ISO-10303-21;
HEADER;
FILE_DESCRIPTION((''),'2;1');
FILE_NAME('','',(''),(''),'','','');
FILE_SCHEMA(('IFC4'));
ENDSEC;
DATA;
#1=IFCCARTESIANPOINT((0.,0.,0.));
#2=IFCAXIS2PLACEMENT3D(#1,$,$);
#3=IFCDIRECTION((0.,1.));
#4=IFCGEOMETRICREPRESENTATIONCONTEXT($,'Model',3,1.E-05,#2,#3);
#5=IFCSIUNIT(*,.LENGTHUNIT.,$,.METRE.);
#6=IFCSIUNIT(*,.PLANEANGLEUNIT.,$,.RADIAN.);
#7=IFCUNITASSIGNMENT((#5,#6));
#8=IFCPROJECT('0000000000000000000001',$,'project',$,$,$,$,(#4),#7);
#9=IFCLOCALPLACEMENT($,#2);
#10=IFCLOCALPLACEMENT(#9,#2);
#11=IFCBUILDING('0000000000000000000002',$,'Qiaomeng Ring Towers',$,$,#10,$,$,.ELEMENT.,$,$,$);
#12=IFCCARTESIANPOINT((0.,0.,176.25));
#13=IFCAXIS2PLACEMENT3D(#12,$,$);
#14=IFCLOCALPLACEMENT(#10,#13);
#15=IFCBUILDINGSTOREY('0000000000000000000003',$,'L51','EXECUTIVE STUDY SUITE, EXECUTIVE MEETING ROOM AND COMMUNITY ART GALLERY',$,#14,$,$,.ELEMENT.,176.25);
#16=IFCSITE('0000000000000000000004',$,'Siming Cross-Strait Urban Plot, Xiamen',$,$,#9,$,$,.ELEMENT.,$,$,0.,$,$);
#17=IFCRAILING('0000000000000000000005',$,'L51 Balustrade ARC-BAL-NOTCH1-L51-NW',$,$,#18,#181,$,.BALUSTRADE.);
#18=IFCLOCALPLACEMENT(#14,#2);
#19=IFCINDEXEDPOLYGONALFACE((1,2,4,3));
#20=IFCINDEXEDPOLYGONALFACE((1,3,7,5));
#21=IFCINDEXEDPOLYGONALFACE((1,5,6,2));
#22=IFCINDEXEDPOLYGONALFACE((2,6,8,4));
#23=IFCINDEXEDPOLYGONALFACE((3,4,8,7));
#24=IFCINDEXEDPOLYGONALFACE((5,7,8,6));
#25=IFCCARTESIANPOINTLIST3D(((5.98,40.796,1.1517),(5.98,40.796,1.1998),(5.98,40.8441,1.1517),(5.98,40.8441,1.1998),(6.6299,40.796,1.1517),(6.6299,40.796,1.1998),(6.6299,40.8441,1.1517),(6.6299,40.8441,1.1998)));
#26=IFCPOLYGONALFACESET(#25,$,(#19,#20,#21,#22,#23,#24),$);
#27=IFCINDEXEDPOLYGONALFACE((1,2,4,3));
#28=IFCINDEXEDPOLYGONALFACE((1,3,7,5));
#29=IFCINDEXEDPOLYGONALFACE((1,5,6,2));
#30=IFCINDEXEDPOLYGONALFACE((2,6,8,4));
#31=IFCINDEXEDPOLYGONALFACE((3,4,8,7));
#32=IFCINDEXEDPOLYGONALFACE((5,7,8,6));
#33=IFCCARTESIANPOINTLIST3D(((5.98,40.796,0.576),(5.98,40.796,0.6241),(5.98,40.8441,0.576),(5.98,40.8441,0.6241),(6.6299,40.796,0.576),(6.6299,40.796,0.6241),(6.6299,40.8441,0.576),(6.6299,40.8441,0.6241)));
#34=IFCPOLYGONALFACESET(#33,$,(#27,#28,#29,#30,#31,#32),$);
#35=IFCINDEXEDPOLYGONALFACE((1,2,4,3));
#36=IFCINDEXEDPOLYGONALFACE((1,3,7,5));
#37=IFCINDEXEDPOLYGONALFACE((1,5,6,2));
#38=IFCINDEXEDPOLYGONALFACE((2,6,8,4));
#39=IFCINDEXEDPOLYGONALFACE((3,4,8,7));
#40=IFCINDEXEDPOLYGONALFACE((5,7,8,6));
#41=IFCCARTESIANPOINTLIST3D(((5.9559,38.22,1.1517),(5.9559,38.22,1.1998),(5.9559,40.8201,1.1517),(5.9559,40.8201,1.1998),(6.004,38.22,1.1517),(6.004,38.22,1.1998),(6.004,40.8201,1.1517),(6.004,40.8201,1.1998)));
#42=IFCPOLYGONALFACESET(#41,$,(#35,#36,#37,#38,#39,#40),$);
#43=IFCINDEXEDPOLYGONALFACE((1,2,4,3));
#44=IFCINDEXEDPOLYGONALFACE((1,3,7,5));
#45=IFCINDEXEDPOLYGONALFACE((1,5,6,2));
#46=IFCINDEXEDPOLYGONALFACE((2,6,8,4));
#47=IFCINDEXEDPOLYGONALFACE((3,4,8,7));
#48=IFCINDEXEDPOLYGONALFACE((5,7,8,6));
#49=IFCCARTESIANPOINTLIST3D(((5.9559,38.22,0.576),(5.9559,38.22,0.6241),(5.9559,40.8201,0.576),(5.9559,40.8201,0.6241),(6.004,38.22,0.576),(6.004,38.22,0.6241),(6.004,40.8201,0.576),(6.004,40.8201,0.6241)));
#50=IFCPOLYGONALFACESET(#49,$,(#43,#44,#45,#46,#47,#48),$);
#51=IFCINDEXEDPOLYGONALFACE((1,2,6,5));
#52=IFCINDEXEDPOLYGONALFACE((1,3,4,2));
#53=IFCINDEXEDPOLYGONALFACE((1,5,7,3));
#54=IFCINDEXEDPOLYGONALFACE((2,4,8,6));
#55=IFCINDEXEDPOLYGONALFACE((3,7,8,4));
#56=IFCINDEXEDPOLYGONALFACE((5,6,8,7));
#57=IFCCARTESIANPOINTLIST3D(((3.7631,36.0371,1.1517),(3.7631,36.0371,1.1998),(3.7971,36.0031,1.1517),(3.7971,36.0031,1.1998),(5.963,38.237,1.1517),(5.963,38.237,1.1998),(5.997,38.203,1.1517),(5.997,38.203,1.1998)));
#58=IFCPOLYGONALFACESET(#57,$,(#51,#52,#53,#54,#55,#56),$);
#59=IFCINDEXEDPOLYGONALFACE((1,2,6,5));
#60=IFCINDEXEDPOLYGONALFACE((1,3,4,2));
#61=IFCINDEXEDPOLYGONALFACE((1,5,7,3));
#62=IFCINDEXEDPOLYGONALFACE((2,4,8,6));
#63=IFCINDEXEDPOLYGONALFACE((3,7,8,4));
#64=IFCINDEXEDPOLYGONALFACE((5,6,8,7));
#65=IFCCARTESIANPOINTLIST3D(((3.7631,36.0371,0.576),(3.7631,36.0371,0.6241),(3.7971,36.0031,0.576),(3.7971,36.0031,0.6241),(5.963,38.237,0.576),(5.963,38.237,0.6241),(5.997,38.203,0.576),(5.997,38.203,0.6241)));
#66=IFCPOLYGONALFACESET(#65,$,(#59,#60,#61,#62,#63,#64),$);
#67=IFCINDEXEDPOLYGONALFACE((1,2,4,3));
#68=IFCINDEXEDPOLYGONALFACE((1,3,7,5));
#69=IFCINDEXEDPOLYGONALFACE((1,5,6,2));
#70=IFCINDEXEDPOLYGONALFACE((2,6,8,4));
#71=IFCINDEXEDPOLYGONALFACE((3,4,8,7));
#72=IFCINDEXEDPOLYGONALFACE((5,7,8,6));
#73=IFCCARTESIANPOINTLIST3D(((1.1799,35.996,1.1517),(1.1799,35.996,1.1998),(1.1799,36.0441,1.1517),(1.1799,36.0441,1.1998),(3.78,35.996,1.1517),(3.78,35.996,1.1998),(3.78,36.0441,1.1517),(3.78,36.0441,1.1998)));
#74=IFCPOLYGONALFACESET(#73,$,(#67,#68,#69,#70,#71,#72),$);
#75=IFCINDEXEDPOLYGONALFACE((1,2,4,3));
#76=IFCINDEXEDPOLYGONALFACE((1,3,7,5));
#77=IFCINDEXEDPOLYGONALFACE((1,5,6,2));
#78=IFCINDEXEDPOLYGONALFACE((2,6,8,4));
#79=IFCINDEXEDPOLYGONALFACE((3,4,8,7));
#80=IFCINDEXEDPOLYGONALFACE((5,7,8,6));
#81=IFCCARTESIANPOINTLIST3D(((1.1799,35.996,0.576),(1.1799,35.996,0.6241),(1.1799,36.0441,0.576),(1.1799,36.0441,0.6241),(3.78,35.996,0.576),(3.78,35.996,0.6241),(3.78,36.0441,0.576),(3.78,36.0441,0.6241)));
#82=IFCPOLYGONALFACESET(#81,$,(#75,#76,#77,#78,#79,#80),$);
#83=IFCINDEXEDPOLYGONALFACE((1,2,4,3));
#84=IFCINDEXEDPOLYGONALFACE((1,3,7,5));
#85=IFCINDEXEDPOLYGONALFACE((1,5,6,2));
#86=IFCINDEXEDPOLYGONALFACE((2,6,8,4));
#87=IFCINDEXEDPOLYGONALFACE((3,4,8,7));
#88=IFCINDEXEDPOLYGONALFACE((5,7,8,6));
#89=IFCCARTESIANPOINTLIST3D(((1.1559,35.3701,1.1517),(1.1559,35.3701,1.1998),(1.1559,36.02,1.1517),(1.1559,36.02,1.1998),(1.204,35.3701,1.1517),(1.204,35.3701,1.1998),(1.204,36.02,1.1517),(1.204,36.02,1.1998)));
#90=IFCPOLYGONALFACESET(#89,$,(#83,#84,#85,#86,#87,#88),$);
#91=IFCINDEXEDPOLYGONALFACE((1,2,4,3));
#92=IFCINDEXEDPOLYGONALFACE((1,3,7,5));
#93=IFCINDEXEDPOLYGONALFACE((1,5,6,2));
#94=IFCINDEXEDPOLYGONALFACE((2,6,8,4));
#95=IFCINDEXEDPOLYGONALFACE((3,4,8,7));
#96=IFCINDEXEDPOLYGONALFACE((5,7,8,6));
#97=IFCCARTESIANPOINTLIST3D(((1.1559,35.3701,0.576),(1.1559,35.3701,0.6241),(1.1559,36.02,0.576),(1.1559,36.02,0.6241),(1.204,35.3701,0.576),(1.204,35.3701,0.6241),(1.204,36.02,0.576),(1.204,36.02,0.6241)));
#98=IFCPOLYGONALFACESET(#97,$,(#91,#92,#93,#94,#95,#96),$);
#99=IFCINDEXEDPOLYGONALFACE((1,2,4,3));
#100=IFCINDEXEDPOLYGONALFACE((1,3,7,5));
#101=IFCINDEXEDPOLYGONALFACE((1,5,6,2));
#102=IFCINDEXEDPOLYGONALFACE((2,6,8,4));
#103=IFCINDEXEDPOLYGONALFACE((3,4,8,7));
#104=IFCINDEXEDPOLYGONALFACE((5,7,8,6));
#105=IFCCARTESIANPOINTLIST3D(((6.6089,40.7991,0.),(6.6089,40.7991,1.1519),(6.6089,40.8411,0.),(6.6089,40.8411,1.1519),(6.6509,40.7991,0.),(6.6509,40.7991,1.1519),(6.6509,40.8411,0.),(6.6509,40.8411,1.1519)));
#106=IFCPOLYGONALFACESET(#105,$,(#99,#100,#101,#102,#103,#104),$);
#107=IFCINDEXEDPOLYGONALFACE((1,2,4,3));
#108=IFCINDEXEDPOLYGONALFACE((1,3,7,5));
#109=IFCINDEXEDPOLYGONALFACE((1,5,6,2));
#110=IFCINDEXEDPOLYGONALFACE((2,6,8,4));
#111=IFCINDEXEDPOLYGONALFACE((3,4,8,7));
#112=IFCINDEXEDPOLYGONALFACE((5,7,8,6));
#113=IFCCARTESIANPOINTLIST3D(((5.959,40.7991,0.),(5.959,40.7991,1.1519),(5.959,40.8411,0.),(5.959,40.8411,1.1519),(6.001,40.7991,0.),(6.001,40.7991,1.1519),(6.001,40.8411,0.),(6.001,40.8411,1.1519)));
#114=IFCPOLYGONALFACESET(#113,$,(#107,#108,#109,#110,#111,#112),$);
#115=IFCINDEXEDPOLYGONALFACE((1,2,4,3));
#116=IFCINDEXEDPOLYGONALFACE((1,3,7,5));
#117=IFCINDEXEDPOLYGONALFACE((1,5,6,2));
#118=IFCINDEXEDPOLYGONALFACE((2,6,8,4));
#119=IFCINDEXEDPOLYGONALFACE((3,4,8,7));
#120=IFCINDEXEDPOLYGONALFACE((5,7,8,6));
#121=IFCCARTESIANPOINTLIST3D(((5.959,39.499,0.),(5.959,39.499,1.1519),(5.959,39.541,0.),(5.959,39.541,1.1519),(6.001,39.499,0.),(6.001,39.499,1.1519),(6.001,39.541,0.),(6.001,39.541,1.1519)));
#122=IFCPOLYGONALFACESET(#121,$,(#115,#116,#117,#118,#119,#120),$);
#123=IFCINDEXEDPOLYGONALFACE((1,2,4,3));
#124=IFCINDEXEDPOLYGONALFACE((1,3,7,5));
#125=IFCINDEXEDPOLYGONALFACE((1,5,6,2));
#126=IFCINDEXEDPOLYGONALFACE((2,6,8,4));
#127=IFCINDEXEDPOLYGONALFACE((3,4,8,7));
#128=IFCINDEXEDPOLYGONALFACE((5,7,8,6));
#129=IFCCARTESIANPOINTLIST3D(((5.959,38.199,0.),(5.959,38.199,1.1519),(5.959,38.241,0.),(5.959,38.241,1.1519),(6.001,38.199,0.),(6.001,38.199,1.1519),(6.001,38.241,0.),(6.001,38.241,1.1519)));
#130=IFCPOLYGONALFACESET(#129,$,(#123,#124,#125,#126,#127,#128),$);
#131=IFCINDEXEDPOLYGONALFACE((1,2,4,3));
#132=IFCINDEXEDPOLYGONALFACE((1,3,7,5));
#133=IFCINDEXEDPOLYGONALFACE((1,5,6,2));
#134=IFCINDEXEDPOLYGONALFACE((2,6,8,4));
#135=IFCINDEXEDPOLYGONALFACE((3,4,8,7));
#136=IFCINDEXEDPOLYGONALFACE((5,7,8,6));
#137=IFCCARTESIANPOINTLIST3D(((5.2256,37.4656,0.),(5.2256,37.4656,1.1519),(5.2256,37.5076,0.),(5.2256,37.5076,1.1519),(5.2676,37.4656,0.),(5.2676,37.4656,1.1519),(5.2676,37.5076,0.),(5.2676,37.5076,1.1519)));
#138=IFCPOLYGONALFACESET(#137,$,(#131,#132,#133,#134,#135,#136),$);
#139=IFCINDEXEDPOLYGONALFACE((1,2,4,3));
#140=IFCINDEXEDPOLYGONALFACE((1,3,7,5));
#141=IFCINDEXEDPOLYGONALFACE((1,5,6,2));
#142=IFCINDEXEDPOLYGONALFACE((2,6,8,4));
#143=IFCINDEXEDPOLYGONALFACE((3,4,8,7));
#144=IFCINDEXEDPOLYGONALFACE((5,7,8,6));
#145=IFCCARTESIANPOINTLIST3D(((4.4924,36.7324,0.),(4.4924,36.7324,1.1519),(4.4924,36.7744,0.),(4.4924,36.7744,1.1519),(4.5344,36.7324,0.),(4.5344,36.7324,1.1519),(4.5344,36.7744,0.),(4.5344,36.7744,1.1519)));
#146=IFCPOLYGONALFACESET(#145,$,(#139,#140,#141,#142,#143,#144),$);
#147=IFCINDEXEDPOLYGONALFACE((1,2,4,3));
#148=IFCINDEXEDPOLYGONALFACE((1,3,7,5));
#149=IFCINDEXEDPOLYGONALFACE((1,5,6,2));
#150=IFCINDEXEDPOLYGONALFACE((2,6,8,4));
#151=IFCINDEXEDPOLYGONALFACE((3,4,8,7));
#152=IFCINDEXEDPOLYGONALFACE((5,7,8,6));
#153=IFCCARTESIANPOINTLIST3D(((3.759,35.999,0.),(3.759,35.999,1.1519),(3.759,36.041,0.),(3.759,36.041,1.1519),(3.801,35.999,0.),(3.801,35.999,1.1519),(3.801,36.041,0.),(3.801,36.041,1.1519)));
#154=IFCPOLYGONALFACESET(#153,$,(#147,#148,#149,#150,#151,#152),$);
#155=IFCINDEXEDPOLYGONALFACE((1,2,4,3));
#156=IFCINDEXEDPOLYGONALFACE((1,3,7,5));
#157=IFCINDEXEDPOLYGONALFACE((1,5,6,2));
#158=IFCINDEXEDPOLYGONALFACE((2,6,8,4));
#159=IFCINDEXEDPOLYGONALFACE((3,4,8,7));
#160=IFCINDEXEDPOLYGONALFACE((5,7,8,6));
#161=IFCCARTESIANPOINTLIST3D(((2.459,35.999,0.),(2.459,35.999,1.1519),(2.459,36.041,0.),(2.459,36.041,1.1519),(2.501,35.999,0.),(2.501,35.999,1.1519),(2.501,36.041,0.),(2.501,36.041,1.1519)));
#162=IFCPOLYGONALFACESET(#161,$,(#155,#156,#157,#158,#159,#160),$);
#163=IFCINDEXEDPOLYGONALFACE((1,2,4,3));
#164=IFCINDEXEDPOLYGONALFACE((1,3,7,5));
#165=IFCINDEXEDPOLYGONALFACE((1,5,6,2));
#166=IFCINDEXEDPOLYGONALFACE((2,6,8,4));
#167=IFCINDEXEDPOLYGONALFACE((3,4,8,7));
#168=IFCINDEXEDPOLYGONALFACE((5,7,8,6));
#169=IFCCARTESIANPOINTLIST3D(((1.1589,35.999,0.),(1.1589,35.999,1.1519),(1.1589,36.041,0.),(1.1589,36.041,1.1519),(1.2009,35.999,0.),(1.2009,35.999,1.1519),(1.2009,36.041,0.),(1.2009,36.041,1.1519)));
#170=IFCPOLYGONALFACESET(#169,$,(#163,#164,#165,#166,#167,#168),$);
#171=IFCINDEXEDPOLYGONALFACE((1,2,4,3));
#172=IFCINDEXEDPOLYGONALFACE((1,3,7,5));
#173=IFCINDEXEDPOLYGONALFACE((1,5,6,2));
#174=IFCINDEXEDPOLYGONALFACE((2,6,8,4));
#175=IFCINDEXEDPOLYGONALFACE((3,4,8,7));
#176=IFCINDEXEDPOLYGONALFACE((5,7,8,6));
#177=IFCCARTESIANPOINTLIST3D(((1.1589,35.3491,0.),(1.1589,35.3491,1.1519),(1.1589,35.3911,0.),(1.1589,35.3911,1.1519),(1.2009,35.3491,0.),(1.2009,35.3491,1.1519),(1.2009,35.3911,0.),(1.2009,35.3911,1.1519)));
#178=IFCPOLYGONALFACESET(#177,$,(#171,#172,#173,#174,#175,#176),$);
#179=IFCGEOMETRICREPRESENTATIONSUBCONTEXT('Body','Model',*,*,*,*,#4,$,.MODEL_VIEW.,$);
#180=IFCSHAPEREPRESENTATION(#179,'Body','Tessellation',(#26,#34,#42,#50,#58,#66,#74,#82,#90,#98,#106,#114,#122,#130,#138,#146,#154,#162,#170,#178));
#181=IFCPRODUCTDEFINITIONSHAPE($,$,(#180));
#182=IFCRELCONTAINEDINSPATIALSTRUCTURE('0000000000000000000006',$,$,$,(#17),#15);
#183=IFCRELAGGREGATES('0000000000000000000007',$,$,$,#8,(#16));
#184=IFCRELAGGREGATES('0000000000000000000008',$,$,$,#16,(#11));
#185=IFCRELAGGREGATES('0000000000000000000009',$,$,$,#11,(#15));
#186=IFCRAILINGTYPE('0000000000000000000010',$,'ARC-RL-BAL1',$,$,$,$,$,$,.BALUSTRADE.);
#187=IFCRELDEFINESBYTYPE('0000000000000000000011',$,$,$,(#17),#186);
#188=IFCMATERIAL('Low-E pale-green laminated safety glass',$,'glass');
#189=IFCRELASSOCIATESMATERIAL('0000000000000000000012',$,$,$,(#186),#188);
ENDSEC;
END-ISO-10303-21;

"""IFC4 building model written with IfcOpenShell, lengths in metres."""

from ifc_helpers import new_model, si_unit, direction, frame, origin, origin_2d, place, context, subcontext, project, spatial, rectangle, extrude, material, type_object, element, save


model = new_model("IFC4")

# Units and contexts
model_context = context("Model", 3, precision=1e-05, world=origin(), true_north=direction((0.0, 1.0)))
body_context = subcontext(model_context, "Body", "Model", "MODEL_VIEW")
ifc_project = project(units=[si_unit("LENGTHUNIT", "METRE"), si_unit("PLANEANGLEUNIT", "RADIAN")], contexts=[model_context])

# Site, building, storey
site_placement = place(None, origin())
site = spatial("IfcSite", under=ifc_project, at=site_placement, Name="Siming Cross-Strait Urban Plot, Xiamen", CompositionType="ELEMENT", RefElevation=0.0)
building_placement = place(site_placement, origin())
building = spatial("IfcBuilding", under=site, at=building_placement, Name="Qiaomeng Ring Towers", CompositionType="ELEMENT")
storey_placement = place(building_placement, frame((0.0, 0.0, 176.25)))
storey = spatial("IfcBuildingStorey", under=building, at=storey_placement, Name="L51", Description="EXECUTIVE STUDY SUITE, EXECUTIVE MEETING ROOM AND COMMUNITY ART GALLERY", CompositionType="ELEMENT", Elevation=176.25)

# Railing
ifc_material_1 = material(Name="Low-E pale-green laminated safety glass", Category="glass")
railing_type = type_object("IfcRailingType", Name="ARC-RL-BAL1", PredefinedType="BALUSTRADE", material=ifc_material_1)
railing_placement = place(storey_placement, frame((6.6299, 40.8201, 0.0)))
element("IfcRailing", 1, at=railing_placement, inside=storey, type_object=railing_type, Name="L51 Balustrade ARC-BAL-NOTCH1-L51-NW", PredefinedType="BALUSTRADE", context=body_context, shape_type="SweptSolid", body=[
    extrude(rectangle(XDim=0.0481, YDim=0.0481, at=origin_2d()), frame((0.0, 0.0, 1.1758), z_axis=(-1.0, 0.0, 0.0), x_axis=(0.0, -1.0, 0.0)), (0.0, 0.0, 1.0), 0.6499),
    extrude(rectangle(XDim=0.0481, YDim=0.0481, at=origin_2d()), frame((0.0, 0.0, 0.6001), z_axis=(-1.0, 0.0, 0.0), x_axis=(0.0, -1.0, 0.0)), (0.0, 0.0, 1.0), 0.6499),
    extrude(rectangle(XDim=0.0481, YDim=0.0481, at=origin_2d()), frame((-0.6499, 0.0, 1.1758), z_axis=(0.0, -1.0, 0.0), x_axis=(1.0, 0.0, 0.0)), (0.0, 0.0, 1.0), 2.6001),
    extrude(rectangle(XDim=0.0481, YDim=0.0481, at=origin_2d()), frame((-0.6499, 0.0, 0.6001), z_axis=(0.0, -1.0, 0.0), x_axis=(1.0, 0.0, 0.0)), (0.0, 0.0, 1.0), 2.6001),
    extrude(rectangle(XDim=0.0481, YDim=0.0481, at=origin_2d()), frame((-0.6499, -2.6001, 1.1758), z_axis=(-0.707107, -0.707107, 0.0), x_axis=(0.707107, -0.707107, 0.0)), (0.0, 0.0, 1.0), 3.1111),
    extrude(rectangle(XDim=0.0481, YDim=0.0481, at=origin_2d()), frame((-0.6499, -2.6001, 0.6001), z_axis=(-0.707107, -0.707107, 0.0), x_axis=(0.707107, -0.707107, 0.0)), (0.0, 0.0, 1.0), 3.1111),
    extrude(rectangle(XDim=0.0481, YDim=0.0481, at=origin_2d()), frame((-2.8499, -4.8, 1.1758), z_axis=(-1.0, 0.0, 0.0), x_axis=(0.0, -1.0, 0.0)), (0.0, 0.0, 1.0), 2.6001),
    extrude(rectangle(XDim=0.0481, YDim=0.0481, at=origin_2d()), frame((-2.8499, -4.8, 0.6001), z_axis=(-1.0, 0.0, 0.0), x_axis=(0.0, -1.0, 0.0)), (0.0, 0.0, 1.0), 2.6001),
    extrude(rectangle(XDim=0.0481, YDim=0.0481, at=origin_2d()), frame((-5.45, -4.8, 1.1758), z_axis=(0.0, -1.0, 0.0), x_axis=(1.0, 0.0, 0.0)), (0.0, 0.0, 1.0), 0.6499),
    extrude(rectangle(XDim=0.0481, YDim=0.0481, at=origin_2d()), frame((-5.45, -4.8, 0.6001), z_axis=(0.0, -1.0, 0.0), x_axis=(1.0, 0.0, 0.0)), (0.0, 0.0, 1.0), 0.6499),
    extrude(rectangle(XDim=0.042, YDim=0.042, at=origin_2d()), origin(), (0.0, 0.0, 1.0), 1.1519),
    extrude(rectangle(XDim=0.042, YDim=0.042, at=origin_2d()), frame((-0.6499, 0.0, 0.0)), (0.0, 0.0, 1.0), 1.1519),
    extrude(rectangle(XDim=0.042, YDim=0.042, at=origin_2d()), frame((-0.6499, -1.3, 0.0)), (0.0, 0.0, 1.0), 1.1519),
    extrude(rectangle(XDim=0.042, YDim=0.042, at=origin_2d()), frame((-0.6499, -2.6001, 0.0)), (0.0, 0.0, 1.0), 1.1519),
    extrude(rectangle(XDim=0.042, YDim=0.042, at=origin_2d()), frame((-1.3833, -3.3335, 0.0)), (0.0, 0.0, 1.0), 1.1519),
    extrude(rectangle(XDim=0.042, YDim=0.042, at=origin_2d()), frame((-2.1165, -4.0667, 0.0)), (0.0, 0.0, 1.0), 1.1519),
    extrude(rectangle(XDim=0.042, YDim=0.042, at=origin_2d()), frame((-2.8499, -4.8, 0.0)), (0.0, 0.0, 1.0), 1.1519),
    extrude(rectangle(XDim=0.042, YDim=0.042, at=origin_2d()), frame((-4.1499, -4.8, 0.0)), (0.0, 0.0, 1.0), 1.1519),
    extrude(rectangle(XDim=0.042, YDim=0.042, at=origin_2d()), frame((-5.45, -4.8, 0.0)), (0.0, 0.0, 1.0), 1.1519),
    extrude(rectangle(XDim=0.042, YDim=0.042, at=origin_2d()), frame((-5.45, -5.45, 0.0)), (0.0, 0.0, 1.0), 1.1519),
])

save(model, "model.ifc")
